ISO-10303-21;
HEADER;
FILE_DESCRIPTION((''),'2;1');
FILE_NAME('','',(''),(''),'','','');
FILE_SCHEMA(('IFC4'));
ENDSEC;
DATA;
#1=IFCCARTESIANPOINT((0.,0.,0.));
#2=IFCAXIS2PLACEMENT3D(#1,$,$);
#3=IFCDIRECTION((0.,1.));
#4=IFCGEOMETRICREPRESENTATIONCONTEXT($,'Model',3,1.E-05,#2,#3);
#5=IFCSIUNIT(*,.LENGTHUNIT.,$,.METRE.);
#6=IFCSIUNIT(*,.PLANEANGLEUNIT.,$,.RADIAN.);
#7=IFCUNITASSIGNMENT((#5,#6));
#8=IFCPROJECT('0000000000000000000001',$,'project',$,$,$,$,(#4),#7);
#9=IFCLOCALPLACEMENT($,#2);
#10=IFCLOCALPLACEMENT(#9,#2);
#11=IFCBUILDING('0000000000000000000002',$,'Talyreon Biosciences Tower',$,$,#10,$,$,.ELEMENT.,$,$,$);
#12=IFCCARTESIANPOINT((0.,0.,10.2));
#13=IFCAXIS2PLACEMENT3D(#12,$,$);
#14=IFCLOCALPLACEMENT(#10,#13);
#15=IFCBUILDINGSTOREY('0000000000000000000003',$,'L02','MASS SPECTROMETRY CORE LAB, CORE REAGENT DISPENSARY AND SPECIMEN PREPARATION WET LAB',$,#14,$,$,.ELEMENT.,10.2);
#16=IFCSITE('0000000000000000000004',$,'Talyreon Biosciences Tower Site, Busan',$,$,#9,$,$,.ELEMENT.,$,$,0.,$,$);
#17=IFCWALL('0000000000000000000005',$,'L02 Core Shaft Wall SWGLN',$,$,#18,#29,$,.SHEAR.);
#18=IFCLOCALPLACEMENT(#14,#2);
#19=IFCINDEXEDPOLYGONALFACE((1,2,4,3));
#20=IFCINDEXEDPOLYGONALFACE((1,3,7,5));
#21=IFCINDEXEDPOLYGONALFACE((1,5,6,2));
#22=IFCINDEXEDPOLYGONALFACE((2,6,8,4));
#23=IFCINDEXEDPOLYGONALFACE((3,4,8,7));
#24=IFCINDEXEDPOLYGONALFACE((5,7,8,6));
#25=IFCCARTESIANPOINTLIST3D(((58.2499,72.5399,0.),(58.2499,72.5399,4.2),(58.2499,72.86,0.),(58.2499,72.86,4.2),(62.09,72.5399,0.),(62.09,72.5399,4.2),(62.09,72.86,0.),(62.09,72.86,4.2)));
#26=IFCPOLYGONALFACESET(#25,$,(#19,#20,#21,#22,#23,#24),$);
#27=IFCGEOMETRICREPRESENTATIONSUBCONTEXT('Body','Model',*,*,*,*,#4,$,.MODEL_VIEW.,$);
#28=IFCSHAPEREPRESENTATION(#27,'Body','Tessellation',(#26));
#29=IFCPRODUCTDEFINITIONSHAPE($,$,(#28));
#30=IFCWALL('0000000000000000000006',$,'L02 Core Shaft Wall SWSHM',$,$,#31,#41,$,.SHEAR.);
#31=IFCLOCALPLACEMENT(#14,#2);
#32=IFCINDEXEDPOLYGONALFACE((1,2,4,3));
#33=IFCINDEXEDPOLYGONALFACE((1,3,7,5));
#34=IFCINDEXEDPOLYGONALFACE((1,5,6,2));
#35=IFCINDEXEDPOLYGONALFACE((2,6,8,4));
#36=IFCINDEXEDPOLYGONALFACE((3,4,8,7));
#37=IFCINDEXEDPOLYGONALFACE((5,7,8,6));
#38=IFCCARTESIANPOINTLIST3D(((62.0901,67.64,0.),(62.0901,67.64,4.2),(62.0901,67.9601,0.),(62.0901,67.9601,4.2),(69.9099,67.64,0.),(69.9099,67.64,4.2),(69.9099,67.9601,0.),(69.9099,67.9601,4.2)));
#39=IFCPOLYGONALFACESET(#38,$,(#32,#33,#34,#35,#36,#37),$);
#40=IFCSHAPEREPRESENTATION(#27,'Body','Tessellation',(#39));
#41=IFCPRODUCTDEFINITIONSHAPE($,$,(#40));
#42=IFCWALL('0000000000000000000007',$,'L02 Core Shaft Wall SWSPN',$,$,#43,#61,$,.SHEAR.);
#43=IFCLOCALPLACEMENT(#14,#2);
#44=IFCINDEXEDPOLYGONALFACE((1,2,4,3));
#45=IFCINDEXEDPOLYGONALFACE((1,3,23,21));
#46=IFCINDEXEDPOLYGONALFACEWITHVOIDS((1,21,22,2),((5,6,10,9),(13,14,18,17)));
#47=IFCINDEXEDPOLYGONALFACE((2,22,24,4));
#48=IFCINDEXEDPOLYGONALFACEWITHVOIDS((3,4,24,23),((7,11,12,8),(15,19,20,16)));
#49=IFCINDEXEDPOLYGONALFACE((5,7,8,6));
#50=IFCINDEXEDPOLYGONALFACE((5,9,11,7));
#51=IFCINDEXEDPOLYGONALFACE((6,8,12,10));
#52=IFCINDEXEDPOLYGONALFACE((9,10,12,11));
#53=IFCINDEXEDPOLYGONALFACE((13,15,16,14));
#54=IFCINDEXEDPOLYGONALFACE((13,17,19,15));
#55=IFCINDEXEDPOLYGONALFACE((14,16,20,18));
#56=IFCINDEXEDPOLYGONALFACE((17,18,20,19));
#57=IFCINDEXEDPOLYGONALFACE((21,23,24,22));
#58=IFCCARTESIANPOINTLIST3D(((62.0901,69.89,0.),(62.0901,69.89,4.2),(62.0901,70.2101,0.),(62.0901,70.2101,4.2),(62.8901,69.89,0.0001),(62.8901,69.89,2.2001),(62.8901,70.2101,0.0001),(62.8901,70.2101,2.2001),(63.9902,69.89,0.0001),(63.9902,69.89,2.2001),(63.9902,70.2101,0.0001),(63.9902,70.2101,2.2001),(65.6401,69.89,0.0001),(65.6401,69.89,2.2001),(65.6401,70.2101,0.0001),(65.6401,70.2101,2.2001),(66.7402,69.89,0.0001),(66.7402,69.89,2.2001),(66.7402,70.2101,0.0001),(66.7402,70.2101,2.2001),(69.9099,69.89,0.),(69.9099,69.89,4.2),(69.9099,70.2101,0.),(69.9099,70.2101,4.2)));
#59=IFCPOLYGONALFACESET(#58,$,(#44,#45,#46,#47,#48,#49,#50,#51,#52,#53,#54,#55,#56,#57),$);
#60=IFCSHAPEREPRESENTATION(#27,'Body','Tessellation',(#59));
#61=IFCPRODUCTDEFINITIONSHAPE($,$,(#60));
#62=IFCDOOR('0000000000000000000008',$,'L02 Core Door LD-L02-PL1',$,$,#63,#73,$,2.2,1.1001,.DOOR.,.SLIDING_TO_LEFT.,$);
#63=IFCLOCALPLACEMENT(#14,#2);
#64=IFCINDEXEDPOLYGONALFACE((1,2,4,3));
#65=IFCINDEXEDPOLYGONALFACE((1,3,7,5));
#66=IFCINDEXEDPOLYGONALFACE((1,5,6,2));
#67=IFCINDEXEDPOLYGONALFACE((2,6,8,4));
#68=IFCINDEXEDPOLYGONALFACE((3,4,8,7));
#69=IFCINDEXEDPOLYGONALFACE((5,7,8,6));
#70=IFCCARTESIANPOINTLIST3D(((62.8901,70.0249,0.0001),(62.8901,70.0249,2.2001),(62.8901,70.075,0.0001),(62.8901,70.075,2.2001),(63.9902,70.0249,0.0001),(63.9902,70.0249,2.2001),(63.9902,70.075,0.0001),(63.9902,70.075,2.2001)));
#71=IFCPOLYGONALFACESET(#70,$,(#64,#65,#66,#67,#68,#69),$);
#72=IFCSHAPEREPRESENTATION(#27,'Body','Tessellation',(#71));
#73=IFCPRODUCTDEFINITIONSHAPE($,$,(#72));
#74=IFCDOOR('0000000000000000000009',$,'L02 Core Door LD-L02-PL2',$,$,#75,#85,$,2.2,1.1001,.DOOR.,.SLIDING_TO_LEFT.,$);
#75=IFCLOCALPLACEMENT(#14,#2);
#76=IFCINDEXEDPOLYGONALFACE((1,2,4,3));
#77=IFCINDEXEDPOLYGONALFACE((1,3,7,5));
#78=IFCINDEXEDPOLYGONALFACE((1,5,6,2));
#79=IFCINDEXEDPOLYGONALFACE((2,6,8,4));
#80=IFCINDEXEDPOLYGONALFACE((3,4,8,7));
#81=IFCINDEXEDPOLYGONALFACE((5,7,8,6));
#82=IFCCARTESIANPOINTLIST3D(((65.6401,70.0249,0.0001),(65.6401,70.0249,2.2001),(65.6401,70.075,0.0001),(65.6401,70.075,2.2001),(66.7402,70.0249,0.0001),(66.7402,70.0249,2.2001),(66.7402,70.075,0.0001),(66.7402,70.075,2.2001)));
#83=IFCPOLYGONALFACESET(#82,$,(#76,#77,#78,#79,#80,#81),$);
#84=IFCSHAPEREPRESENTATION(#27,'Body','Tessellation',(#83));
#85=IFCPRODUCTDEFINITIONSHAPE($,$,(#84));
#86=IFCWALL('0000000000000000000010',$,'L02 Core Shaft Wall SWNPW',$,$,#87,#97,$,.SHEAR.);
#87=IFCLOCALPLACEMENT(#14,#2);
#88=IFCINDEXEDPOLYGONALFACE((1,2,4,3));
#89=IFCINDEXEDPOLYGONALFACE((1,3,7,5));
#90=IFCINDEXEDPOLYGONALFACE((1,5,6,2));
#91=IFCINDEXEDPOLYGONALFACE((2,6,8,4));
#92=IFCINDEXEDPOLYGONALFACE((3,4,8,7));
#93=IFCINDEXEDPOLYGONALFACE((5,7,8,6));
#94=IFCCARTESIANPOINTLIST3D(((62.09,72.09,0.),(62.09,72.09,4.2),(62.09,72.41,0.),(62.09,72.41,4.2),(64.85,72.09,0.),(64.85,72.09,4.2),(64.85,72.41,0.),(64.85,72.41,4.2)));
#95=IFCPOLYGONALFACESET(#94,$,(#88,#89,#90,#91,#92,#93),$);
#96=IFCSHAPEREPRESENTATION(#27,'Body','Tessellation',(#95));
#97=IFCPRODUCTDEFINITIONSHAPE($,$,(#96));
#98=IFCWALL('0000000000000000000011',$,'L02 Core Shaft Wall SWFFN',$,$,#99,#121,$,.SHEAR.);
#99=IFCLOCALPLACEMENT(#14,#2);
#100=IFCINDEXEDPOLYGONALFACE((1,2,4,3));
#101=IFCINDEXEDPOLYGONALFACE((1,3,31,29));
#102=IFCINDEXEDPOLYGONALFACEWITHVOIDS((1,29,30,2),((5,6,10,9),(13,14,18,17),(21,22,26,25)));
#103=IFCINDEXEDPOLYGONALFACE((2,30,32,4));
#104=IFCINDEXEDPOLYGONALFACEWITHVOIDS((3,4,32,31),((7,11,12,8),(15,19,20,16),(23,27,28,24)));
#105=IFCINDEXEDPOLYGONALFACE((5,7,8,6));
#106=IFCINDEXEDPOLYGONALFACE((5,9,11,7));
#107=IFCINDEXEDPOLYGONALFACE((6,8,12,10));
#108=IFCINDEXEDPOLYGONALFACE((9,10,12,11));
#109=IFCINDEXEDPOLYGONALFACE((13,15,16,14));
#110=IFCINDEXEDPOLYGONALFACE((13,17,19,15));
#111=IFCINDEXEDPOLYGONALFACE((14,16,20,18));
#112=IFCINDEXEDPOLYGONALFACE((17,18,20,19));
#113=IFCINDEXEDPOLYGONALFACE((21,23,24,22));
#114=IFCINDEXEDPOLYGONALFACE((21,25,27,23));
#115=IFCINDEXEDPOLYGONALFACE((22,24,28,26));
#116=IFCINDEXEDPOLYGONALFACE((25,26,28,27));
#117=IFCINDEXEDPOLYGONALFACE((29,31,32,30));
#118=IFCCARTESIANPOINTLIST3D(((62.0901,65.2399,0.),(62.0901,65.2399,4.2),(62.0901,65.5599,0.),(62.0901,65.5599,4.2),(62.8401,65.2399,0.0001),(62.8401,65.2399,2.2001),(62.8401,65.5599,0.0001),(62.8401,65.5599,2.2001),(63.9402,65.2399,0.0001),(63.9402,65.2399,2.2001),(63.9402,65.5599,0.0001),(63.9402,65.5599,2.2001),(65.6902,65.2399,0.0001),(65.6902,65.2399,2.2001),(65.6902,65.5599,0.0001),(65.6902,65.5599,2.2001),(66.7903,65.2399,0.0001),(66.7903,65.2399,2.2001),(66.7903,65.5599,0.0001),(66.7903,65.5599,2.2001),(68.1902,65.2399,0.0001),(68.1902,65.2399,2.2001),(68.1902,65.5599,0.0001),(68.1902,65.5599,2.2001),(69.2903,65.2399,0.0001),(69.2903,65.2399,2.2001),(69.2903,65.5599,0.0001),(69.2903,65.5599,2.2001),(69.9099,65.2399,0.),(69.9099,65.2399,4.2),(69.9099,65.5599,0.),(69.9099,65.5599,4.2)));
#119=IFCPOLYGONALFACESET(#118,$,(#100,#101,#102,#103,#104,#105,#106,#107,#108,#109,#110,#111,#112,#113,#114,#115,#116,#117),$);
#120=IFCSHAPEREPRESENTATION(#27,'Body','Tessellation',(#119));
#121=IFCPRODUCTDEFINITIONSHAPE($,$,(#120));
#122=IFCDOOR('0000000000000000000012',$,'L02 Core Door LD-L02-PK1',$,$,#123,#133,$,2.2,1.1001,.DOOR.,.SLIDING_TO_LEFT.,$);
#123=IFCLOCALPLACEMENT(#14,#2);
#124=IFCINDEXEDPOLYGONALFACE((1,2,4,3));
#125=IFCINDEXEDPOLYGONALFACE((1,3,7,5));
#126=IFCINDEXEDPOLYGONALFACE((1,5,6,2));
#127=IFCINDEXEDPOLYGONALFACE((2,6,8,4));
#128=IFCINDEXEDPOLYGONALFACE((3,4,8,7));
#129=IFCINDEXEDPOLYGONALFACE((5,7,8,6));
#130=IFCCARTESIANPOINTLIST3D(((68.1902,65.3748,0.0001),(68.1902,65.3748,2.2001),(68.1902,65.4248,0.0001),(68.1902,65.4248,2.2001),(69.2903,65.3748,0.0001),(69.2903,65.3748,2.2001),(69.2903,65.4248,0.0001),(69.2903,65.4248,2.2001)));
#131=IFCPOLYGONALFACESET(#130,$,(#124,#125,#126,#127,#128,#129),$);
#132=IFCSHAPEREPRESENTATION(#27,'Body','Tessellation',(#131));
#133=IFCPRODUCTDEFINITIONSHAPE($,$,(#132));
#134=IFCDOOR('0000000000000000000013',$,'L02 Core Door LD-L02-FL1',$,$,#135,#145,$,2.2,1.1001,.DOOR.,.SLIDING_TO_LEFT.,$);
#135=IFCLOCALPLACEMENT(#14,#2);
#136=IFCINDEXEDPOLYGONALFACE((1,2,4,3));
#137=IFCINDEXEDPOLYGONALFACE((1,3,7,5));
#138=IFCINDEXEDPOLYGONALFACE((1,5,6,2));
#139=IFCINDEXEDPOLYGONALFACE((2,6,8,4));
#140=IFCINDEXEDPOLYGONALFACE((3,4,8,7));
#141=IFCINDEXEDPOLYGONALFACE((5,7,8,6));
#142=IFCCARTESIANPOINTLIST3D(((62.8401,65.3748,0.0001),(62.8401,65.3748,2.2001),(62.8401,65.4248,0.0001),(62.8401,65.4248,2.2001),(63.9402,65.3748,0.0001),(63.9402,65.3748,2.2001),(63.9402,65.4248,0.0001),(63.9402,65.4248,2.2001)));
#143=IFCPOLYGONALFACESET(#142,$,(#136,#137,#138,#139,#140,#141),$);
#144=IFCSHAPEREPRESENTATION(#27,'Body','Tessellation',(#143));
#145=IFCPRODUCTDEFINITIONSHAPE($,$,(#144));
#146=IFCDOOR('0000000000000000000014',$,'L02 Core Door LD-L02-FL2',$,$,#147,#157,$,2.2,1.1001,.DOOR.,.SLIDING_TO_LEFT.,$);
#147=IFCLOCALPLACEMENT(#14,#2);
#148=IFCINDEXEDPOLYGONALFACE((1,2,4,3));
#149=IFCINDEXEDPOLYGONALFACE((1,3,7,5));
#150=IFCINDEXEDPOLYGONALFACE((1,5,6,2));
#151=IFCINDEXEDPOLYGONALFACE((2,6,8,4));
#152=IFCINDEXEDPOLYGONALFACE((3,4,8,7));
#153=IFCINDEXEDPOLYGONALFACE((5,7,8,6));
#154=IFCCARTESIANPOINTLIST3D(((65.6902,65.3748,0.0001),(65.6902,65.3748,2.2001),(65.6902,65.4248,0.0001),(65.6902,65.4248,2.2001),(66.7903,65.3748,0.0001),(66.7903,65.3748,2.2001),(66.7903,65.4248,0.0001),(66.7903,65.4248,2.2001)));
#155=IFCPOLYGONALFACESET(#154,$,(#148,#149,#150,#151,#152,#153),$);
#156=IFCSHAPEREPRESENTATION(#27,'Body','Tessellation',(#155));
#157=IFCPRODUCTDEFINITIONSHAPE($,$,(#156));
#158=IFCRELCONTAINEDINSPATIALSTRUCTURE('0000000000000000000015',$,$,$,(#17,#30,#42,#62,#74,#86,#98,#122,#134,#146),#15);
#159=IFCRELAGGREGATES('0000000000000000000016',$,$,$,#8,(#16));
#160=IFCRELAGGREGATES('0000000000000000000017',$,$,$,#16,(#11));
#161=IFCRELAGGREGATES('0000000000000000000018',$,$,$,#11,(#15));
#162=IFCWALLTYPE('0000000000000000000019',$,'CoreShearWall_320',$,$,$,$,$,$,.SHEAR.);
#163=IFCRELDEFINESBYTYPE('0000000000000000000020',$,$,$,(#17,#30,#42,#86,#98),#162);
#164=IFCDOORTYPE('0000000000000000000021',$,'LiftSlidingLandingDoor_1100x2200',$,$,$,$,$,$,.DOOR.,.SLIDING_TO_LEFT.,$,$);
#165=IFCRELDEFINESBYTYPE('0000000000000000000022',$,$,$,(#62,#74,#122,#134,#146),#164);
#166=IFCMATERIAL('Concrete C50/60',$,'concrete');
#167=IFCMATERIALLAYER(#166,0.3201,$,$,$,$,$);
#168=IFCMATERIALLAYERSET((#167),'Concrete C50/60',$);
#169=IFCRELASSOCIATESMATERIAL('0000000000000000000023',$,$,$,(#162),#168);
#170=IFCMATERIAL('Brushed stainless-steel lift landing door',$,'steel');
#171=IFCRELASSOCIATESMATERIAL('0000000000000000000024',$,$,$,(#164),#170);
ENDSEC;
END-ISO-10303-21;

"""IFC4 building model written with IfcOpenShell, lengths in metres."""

from ifc_helpers import new_model, si_unit, direction, frame, frame_2d, origin, place, context, subcontext, project, spatial, rectangle, extrude, material, layer, layer_set, type_object, element, fill, save


model = new_model("IFC4")

# Units and contexts
model_context = context("Model", 3, precision=1e-05, world=origin(), true_north=direction((0.0, 1.0)))
body_context = subcontext(model_context, "Body", "Model", "MODEL_VIEW")
ifc_project = project(units=[si_unit("LENGTHUNIT", "METRE"), si_unit("PLANEANGLEUNIT", "RADIAN")], contexts=[model_context])

# Site, building, storey
site_placement = place(None, origin())
site = spatial("IfcSite", under=ifc_project, at=site_placement, Name="Talyreon Biosciences Tower Site, Busan", CompositionType="ELEMENT", RefElevation=0.0)
building_placement = place(site_placement, origin())
building = spatial("IfcBuilding", under=site, at=building_placement, Name="Talyreon Biosciences Tower", CompositionType="ELEMENT")
storey_placement = place(building_placement, frame((0.0, 0.0, 10.2)))
storey = spatial("IfcBuildingStorey", under=building, at=storey_placement, Name="L02", Description="MASS SPECTROMETRY CORE LAB, CORE REAGENT DISPENSARY AND SPECIMEN PREPARATION WET LAB", CompositionType="ELEMENT", Elevation=10.2)

# Shared definitions
ifc_material_1 = material(Name="Concrete C50/60", Category="concrete")
ifc_layer_1 = layer(ifc_material_1, 0.3201)
ifc_layer_set_1 = layer_set([ifc_layer_1], Name="Concrete C50/60")
wall_type_1 = type_object("IfcWallType", Name="CoreShearWall_320", PredefinedType="SHEAR", material=ifc_layer_set_1)

# Walls
for number, where, z_axis, x_axis, name in (
    (1, (58.25, 72.7, 0.0), (0.0, 0.0, 1.0), (1.0, 0.0, 0.0), "L02 Core Shaft Wall SWGLN"),
):
    element("IfcWall", number, at=place(storey_placement, frame(where, z_axis=z_axis, x_axis=x_axis)), inside=storey, type_object=wall_type_1, Name=name, PredefinedType="SHEAR", context=body_context, shape_type="SweptSolid", body=[
        extrude(rectangle(XDim=3.8401, YDim=0.3201, at=frame_2d((1.9199, 0.0))), origin(), (0.0, 0.0, 1.0), 4.2),
    ])
wall_1_placement = place(storey_placement, frame((62.0901, 67.8, 0.0), z_axis=(0.0, 0.0, 1.0), x_axis=(1.0, 0.0, 0.0)))
element("IfcWall", 2, at=wall_1_placement, inside=storey, type_object=wall_type_1, Name="L02 Core Shaft Wall SWSHM", PredefinedType="SHEAR", context=body_context, shape_type="SweptSolid", body=[
    extrude(rectangle(XDim=7.8198, YDim=0.3201, at=frame_2d((3.9099, 0.0))), origin(), (0.0, 0.0, 1.0), 4.2),
])

# Wall, openings, doors
wall_2_placement = place(storey_placement, frame((62.0901, 70.05, 0.0), z_axis=(0.0, 0.0, 1.0), x_axis=(1.0, 0.0, 0.0)))
wall_2 = element("IfcWall", 3, at=wall_2_placement, inside=storey, type_object=wall_type_1, Name="L02 Core Shaft Wall SWSPN", PredefinedType="SHEAR", context=body_context, shape_type="SweptSolid", body=[
    extrude(rectangle(XDim=7.8198, YDim=0.3201, at=frame_2d((3.9099, 0.0))), origin(), (0.0, 0.0, 1.0), 4.2),
])
opening_1_placement = place(wall_2_placement, frame((0.8, 0.0, 0.0)))
opening_1 = element("IfcOpeningElement", 4, at=opening_1_placement, cuts=wall_2, PredefinedType="OPENING", context=body_context, shape_type="SweptSolid", body=[
    extrude(rectangle(XDim=1.1001, YDim=2.2, at=frame_2d((0.55, 1.1001))), frame((0.0, 0.1699, 0.0), z_axis=(0.0, -1.0, 0.0), x_axis=(1.0, 0.0, 0.0)), (0.0, 0.0, 1.0), 0.3401),
])
opening_2_placement = place(wall_2_placement, frame((3.55, 0.0, 0.0)))
opening_2 = element("IfcOpeningElement", 5, at=opening_2_placement, cuts=wall_2, PredefinedType="OPENING", context=body_context, shape_type="SweptSolid", body=[
    extrude(rectangle(XDim=1.1001, YDim=2.2, at=frame_2d((0.55, 1.1001))), frame((0.0, 0.1699, 0.0), z_axis=(0.0, -1.0, 0.0), x_axis=(1.0, 0.0, 0.0)), (0.0, 0.0, 1.0), 0.3401),
])
ifc_material_2 = material(Name="Brushed stainless-steel lift landing door", Category="steel")
door_type_1 = type_object("IfcDoorType", Name="LiftSlidingLandingDoor_1100x2200", OperationType="SLIDING_TO_LEFT", PredefinedType="DOOR", material=ifc_material_2)
door_1_placement = place(opening_1_placement, origin())
door_1 = element("IfcDoor", 6, at=door_1_placement, inside=storey, type_object=door_type_1, Name="L02 Core Door LD-L02-PL1", OperationType="SLIDING_TO_LEFT", OverallHeight=2.2, OverallWidth=1.1001, PredefinedType="DOOR", context=body_context, shape_type="SweptSolid", body=[
    extrude(rectangle(XDim=1.1001, YDim=2.2, at=frame_2d((0.55, 1.1001))), frame((0.0, 0.0249, 0.0), z_axis=(0.0, -1.0, 0.0), x_axis=(1.0, 0.0, 0.0)), (0.0, 0.0, 1.0), 0.05),
])
fill(opening_1, door_1)
door_2_placement = place(opening_2_placement, origin())
door_2 = element("IfcDoor", 7, at=door_2_placement, inside=storey, type_object=door_type_1, Name="L02 Core Door LD-L02-PL2", OperationType="SLIDING_TO_LEFT", OverallHeight=2.2, OverallWidth=1.1001, PredefinedType="DOOR", context=body_context, shape_type="SweptSolid", body=[
    extrude(rectangle(XDim=1.1001, YDim=2.2, at=frame_2d((0.55, 1.1001))), frame((0.0, 0.0249, 0.0), z_axis=(0.0, -1.0, 0.0), x_axis=(1.0, 0.0, 0.0)), (0.0, 0.0, 1.0), 0.05),
])
fill(opening_2, door_2)

# Wall
wall_3_placement = place(storey_placement, frame((62.0901, 72.25, 0.0), z_axis=(0.0, 0.0, 1.0), x_axis=(1.0, 0.0, 0.0)))
element("IfcWall", 8, at=wall_3_placement, inside=storey, type_object=wall_type_1, Name="L02 Core Shaft Wall SWNPW", PredefinedType="SHEAR", context=body_context, shape_type="SweptSolid", body=[
    extrude(rectangle(XDim=2.76, YDim=0.3201, at=frame_2d((1.3799, 0.0))), origin(), (0.0, 0.0, 1.0), 4.2),
])

# Wall, openings, doors
wall_4_placement = place(storey_placement, frame((62.0901, 65.3999, 0.0), z_axis=(0.0, 0.0, 1.0), x_axis=(1.0, 0.0, 0.0)))
wall_4 = element("IfcWall", 9, at=wall_4_placement, inside=storey, type_object=wall_type_1, Name="L02 Core Shaft Wall SWFFN", PredefinedType="SHEAR", context=body_context, shape_type="SweptSolid", body=[
    extrude(rectangle(XDim=7.8198, YDim=0.3201, at=frame_2d((3.9099, 0.0))), origin(), (0.0, 0.0, 1.0), 4.2),
])
opening_3_placement = place(wall_4_placement, frame((6.1001, 0.0, 0.0)))
opening_3 = element("IfcOpeningElement", 10, at=opening_3_placement, cuts=wall_4, PredefinedType="OPENING", context=body_context, shape_type="SweptSolid", body=[
    extrude(rectangle(XDim=1.1001, YDim=2.2, at=frame_2d((0.55, 1.1001))), frame((0.0, 0.1699, 0.0), z_axis=(0.0, -1.0, 0.0), x_axis=(1.0, 0.0, 0.0)), (0.0, 0.0, 1.0), 0.3401),
])
opening_4_placement = place(wall_4_placement, frame((0.75, 0.0, 0.0)))
opening_4 = element("IfcOpeningElement", 11, at=opening_4_placement, cuts=wall_4, PredefinedType="OPENING", context=body_context, shape_type="SweptSolid", body=[
    extrude(rectangle(XDim=1.1001, YDim=2.2, at=frame_2d((0.55, 1.1001))), frame((0.0, 0.1699, 0.0), z_axis=(0.0, -1.0, 0.0), x_axis=(1.0, 0.0, 0.0)), (0.0, 0.0, 1.0), 0.3401),
])
opening_5_placement = place(wall_4_placement, frame((3.6001, 0.0, 0.0)))
opening_5 = element("IfcOpeningElement", 12, at=opening_5_placement, cuts=wall_4, PredefinedType="OPENING", context=body_context, shape_type="SweptSolid", body=[
    extrude(rectangle(XDim=1.1001, YDim=2.2, at=frame_2d((0.55, 1.1001))), frame((0.0, 0.1699, 0.0), z_axis=(0.0, -1.0, 0.0), x_axis=(1.0, 0.0, 0.0)), (0.0, 0.0, 1.0), 0.3401),
])
door_3_placement = place(opening_3_placement, origin())
door_3 = element("IfcDoor", 13, at=door_3_placement, inside=storey, type_object=door_type_1, Name="L02 Core Door LD-L02-PK1", OperationType="SLIDING_TO_LEFT", OverallHeight=2.2, OverallWidth=1.1001, PredefinedType="DOOR", context=body_context, shape_type="SweptSolid", body=[
    extrude(rectangle(XDim=1.1001, YDim=2.2, at=frame_2d((0.55, 1.1001))), frame((0.0, 0.0249, 0.0), z_axis=(0.0, -1.0, 0.0), x_axis=(1.0, 0.0, 0.0)), (0.0, 0.0, 1.0), 0.05),
])
fill(opening_3, door_3)
door_4_placement = place(opening_4_placement, origin())
door_4 = element("IfcDoor", 14, at=door_4_placement, inside=storey, type_object=door_type_1, Name="L02 Core Door LD-L02-FL1", OperationType="SLIDING_TO_LEFT", OverallHeight=2.2, OverallWidth=1.1001, PredefinedType="DOOR", context=body_context, shape_type="SweptSolid", body=[
    extrude(rectangle(XDim=1.1001, YDim=2.2, at=frame_2d((0.55, 1.1001))), frame((0.0, 0.0249, 0.0), z_axis=(0.0, -1.0, 0.0), x_axis=(1.0, 0.0, 0.0)), (0.0, 0.0, 1.0), 0.05),
])
fill(opening_4, door_4)
door_5_placement = place(opening_5_placement, origin())
door_5 = element("IfcDoor", 15, at=door_5_placement, inside=storey, type_object=door_type_1, Name="L02 Core Door LD-L02-FL2", OperationType="SLIDING_TO_LEFT", OverallHeight=2.2, OverallWidth=1.1001, PredefinedType="DOOR", context=body_context, shape_type="SweptSolid", body=[
    extrude(rectangle(XDim=1.1001, YDim=2.2, at=frame_2d((0.55, 1.1001))), frame((0.0, 0.0249, 0.0), z_axis=(0.0, -1.0, 0.0), x_axis=(1.0, 0.0, 0.0)), (0.0, 0.0, 1.0), 0.05),
])
fill(opening_5, door_5)

save(model, "model.ifc")
